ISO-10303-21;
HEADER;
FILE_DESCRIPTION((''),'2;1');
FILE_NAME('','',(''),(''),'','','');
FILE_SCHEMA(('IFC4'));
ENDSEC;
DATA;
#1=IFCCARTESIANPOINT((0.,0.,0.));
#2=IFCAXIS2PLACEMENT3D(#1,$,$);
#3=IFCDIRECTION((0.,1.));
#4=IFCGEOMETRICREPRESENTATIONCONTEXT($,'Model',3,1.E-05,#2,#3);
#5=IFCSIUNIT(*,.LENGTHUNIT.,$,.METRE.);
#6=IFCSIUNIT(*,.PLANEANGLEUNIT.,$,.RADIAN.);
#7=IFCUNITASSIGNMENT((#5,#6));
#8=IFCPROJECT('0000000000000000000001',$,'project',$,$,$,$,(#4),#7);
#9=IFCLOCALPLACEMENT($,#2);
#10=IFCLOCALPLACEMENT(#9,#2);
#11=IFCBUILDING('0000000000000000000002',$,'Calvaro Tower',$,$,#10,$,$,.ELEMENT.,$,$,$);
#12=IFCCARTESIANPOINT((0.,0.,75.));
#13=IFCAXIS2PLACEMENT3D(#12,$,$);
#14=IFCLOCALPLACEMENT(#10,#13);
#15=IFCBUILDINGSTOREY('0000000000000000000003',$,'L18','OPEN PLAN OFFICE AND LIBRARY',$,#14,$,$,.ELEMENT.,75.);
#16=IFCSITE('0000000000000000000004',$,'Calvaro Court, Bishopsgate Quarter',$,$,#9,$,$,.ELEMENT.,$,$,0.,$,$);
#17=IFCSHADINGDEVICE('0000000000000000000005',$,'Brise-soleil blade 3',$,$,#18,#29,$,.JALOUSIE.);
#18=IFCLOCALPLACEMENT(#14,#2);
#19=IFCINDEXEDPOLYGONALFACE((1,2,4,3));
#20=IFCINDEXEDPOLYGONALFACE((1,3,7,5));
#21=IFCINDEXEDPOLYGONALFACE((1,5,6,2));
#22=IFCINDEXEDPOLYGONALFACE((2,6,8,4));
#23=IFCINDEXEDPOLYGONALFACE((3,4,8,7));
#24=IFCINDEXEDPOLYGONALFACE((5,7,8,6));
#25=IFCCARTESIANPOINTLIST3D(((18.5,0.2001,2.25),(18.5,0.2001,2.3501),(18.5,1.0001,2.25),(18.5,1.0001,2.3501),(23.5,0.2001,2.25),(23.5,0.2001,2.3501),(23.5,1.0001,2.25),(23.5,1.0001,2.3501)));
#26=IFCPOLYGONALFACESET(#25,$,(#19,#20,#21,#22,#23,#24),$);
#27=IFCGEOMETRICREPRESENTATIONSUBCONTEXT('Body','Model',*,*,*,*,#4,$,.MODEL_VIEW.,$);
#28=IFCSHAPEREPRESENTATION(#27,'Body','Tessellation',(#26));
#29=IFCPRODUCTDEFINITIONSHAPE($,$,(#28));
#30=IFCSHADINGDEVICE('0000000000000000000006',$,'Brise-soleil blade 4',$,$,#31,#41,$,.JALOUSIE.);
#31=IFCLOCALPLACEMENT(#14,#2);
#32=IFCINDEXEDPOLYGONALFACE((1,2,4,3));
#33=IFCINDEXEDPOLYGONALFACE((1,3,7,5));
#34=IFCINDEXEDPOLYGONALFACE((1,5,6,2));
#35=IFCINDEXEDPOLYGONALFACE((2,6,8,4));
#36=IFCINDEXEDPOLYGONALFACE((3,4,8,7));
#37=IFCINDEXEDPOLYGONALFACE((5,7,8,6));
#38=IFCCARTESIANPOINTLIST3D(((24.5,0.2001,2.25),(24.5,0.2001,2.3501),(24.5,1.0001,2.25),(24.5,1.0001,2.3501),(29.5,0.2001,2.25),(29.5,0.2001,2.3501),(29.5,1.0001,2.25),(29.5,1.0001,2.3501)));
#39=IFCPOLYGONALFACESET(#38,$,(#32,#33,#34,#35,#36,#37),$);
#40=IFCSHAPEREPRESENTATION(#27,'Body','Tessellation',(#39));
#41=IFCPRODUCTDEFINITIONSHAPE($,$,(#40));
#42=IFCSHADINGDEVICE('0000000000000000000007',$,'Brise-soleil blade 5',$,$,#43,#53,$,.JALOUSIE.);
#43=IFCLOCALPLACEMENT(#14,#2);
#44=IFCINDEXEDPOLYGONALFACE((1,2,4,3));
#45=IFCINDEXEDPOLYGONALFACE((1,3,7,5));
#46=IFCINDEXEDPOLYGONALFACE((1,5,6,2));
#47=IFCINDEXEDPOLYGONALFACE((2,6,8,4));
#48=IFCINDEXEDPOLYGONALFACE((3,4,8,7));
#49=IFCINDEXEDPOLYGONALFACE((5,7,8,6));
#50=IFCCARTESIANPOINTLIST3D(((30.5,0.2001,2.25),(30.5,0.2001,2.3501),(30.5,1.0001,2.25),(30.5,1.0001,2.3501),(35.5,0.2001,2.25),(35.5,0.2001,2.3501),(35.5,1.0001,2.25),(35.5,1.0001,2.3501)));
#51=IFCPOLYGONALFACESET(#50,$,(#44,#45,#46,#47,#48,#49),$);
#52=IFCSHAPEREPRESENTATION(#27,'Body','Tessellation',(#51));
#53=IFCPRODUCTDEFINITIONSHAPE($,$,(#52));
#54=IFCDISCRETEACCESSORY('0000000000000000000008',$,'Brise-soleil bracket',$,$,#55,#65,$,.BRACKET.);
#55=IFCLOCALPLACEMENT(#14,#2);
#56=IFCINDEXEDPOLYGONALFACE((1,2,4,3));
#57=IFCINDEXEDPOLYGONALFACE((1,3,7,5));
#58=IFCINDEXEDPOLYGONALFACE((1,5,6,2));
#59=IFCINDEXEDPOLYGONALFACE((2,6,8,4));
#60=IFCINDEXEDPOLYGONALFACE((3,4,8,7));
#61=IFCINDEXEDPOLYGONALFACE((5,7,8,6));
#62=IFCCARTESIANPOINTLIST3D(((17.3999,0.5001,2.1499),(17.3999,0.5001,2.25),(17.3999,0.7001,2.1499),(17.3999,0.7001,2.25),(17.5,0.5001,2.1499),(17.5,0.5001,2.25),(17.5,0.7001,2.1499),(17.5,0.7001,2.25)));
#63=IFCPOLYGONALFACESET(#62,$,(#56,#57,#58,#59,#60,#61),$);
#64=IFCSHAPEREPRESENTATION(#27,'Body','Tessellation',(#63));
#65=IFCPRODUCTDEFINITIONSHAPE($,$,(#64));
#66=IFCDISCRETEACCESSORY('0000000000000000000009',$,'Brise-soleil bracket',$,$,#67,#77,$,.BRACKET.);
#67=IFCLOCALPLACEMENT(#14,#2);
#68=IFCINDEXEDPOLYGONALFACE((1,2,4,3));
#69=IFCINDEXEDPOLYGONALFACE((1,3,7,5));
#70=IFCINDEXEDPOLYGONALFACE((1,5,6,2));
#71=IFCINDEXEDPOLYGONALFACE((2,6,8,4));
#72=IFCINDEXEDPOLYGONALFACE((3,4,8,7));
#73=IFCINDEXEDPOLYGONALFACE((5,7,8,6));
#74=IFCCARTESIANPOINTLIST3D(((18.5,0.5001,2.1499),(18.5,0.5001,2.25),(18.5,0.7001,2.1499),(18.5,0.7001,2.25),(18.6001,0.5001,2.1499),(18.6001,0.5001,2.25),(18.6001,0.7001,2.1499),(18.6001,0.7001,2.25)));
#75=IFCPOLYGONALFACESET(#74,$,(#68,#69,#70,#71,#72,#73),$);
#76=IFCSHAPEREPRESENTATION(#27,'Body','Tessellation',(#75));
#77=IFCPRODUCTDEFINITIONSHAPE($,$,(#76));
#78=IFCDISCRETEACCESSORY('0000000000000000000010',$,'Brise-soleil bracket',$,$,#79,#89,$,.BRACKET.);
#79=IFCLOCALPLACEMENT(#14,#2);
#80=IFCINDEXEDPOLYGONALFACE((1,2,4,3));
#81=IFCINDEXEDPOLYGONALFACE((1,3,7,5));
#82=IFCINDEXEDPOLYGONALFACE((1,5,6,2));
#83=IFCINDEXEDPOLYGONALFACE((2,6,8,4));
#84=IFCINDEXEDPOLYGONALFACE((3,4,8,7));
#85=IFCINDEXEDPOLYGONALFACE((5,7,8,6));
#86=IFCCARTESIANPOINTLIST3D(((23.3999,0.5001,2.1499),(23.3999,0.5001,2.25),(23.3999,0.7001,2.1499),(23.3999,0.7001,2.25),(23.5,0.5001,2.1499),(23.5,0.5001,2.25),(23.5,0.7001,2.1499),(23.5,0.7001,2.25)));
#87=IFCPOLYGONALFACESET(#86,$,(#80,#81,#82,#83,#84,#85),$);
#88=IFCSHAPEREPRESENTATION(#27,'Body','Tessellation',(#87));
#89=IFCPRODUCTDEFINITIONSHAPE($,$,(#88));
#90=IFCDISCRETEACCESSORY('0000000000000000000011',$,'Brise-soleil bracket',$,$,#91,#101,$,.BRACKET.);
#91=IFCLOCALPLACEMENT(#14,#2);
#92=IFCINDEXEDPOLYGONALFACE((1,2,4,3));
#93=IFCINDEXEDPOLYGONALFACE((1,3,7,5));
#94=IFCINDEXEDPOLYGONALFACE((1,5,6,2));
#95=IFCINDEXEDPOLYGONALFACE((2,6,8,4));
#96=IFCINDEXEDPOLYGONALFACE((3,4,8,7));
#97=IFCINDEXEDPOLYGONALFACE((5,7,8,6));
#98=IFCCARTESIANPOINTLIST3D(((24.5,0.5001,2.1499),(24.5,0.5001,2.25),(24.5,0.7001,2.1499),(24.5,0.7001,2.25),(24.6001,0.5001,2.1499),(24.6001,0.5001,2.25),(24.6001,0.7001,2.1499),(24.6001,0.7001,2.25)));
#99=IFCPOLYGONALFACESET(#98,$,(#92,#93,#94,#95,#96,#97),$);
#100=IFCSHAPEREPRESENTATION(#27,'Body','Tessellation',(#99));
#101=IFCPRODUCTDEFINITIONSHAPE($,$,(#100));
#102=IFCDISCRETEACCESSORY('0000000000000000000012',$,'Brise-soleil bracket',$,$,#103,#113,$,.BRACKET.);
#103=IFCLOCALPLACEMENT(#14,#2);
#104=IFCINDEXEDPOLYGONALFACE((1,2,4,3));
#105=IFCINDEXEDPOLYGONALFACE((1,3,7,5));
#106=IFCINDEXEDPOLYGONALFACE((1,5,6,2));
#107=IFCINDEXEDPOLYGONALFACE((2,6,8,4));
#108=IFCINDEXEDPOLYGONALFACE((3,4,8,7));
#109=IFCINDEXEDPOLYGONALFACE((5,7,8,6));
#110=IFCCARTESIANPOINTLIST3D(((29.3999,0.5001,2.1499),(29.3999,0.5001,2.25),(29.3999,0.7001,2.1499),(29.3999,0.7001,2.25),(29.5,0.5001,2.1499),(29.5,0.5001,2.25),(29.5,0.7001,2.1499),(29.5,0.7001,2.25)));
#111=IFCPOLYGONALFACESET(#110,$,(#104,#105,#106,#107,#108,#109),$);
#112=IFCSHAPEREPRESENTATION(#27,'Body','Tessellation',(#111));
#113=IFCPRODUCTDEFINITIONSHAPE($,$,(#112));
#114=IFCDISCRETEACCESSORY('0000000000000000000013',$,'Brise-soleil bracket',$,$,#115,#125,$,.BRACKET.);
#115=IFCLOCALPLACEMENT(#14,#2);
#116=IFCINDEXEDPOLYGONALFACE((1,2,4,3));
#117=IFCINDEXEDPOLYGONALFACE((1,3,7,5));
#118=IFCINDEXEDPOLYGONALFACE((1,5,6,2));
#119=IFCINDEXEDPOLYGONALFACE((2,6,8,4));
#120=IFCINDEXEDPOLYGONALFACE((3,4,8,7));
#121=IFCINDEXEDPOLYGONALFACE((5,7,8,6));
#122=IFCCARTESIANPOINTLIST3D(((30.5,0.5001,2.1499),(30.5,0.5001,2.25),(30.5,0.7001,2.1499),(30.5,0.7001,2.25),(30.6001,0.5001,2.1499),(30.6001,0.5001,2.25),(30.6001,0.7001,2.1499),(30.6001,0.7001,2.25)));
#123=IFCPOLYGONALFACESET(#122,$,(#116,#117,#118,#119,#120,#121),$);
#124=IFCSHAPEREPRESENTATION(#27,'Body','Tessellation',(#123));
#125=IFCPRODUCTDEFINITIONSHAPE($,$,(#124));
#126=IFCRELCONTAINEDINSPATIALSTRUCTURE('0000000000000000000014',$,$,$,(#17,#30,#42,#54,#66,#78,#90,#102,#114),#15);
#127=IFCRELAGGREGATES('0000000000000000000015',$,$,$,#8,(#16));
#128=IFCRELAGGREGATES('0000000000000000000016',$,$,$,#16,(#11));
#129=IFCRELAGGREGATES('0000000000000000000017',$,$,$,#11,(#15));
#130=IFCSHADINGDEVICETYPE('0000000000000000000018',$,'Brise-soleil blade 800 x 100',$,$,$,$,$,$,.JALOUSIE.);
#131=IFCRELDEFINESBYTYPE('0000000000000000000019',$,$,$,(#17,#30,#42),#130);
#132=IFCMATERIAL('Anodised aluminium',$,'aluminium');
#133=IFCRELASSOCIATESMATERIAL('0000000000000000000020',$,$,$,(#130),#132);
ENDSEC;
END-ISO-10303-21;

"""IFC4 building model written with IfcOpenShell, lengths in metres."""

from ifc_helpers import new_model, si_unit, direction, frame, origin, origin_2d, place, context, subcontext, project, spatial, rectangle, extrude, material, material_profile, profile_set, type_object, element, save


model = new_model("IFC4")

# Units and contexts
model_context = context("Model", 3, precision=1e-05, world=origin(), true_north=direction((0.0, 1.0)))
body_context = subcontext(model_context, "Body", "Model", "MODEL_VIEW")
ifc_project = project(units=[si_unit("LENGTHUNIT", "METRE"), si_unit("PLANEANGLEUNIT", "RADIAN")], contexts=[model_context])

# Site, building, storey
site_placement = place(None, origin())
site = spatial("IfcSite", under=ifc_project, at=site_placement, Name="Calvaro Court, Bishopsgate Quarter", CompositionType="ELEMENT", RefElevation=0.0)
building_placement = place(site_placement, origin())
building = spatial("IfcBuilding", under=site, at=building_placement, Name="Calvaro Tower", CompositionType="ELEMENT")
storey_placement = place(building_placement, frame((0.0, 0.0, 75.0)))
storey = spatial("IfcBuildingStorey", under=building, at=storey_placement, Name="L18", Description="OPEN PLAN OFFICE AND LIBRARY", CompositionType="ELEMENT", Elevation=75.0)

# Shading devices
ifc_material_1 = material(Name="Anodised aluminium", Category="aluminium")
ifc_material_profile_1 = material_profile(ifc_material_1, rectangle(XDim=0.8, YDim=0.1001, at=origin_2d()), Name="Brise-soleil blade 800 x 100")
ifc_profile_set_1 = profile_set([ifc_material_profile_1], Name="Anodised aluminium")
shading_device_type = type_object("IfcShadingDeviceType", Name="Brise-soleil blade 800 x 100", PredefinedType="JALOUSIE", material=ifc_profile_set_1)
for number, where, z_axis, x_axis, name in (
    (1, (18.5, 0.6001, 2.3), (1.0, 0.0, 0.0), (0.0, 1.0, 0.0), "Brise-soleil blade 3"),
    (2, (24.5, 0.6001, 2.3), (1.0, 0.0, 0.0), (0.0, 1.0, 0.0), "Brise-soleil blade 4"),
    (3, (30.5, 0.6001, 2.3), (1.0, 0.0, 0.0), (0.0, 1.0, 0.0), "Brise-soleil blade 5"),
):
    element("IfcShadingDevice", number, at=place(storey_placement, frame(where, z_axis=z_axis, x_axis=x_axis)), inside=storey, type_object=shading_device_type, Name=name, PredefinedType="JALOUSIE", context=body_context, shape_type="SweptSolid", body=[
        extrude(rectangle(XDim=0.8, YDim=0.1001, at=origin_2d()), origin(), (0.0, 0.0, 1.0), 5.0),
    ])

# Discrete accessories
for number, where, z_axis, x_axis, name in (
    (4, (17.45, 0.6001, 2.1499), (0.0, 0.0, 1.0), (1.0, 0.0, 0.0), "Brise-soleil bracket"),
    (5, (18.55, 0.6001, 2.1499), (0.0, 0.0, 1.0), (1.0, 0.0, 0.0), "Brise-soleil bracket"),
    (6, (23.45, 0.6001, 2.1499), (0.0, 0.0, 1.0), (1.0, 0.0, 0.0), "Brise-soleil bracket"),
    (7, (24.55, 0.6001, 2.1499), (0.0, 0.0, 1.0), (1.0, 0.0, 0.0), "Brise-soleil bracket"),
    (8, (29.45, 0.6001, 2.1499), (0.0, 0.0, 1.0), (1.0, 0.0, 0.0), "Brise-soleil bracket"),
    (9, (30.55, 0.6001, 2.1499), (0.0, 0.0, 1.0), (1.0, 0.0, 0.0), "Brise-soleil bracket"),
):
    element("IfcDiscreteAccessory", number, at=place(storey_placement, frame(where, z_axis=z_axis, x_axis=x_axis)), inside=storey, Name=name, PredefinedType="BRACKET", context=body_context, shape_type="SweptSolid", body=[
        extrude(rectangle(XDim=0.1001, YDim=0.2, at=origin_2d()), origin(), (0.0, 0.0, 1.0), 0.1001),
    ])

save(model, "model.ifc")
